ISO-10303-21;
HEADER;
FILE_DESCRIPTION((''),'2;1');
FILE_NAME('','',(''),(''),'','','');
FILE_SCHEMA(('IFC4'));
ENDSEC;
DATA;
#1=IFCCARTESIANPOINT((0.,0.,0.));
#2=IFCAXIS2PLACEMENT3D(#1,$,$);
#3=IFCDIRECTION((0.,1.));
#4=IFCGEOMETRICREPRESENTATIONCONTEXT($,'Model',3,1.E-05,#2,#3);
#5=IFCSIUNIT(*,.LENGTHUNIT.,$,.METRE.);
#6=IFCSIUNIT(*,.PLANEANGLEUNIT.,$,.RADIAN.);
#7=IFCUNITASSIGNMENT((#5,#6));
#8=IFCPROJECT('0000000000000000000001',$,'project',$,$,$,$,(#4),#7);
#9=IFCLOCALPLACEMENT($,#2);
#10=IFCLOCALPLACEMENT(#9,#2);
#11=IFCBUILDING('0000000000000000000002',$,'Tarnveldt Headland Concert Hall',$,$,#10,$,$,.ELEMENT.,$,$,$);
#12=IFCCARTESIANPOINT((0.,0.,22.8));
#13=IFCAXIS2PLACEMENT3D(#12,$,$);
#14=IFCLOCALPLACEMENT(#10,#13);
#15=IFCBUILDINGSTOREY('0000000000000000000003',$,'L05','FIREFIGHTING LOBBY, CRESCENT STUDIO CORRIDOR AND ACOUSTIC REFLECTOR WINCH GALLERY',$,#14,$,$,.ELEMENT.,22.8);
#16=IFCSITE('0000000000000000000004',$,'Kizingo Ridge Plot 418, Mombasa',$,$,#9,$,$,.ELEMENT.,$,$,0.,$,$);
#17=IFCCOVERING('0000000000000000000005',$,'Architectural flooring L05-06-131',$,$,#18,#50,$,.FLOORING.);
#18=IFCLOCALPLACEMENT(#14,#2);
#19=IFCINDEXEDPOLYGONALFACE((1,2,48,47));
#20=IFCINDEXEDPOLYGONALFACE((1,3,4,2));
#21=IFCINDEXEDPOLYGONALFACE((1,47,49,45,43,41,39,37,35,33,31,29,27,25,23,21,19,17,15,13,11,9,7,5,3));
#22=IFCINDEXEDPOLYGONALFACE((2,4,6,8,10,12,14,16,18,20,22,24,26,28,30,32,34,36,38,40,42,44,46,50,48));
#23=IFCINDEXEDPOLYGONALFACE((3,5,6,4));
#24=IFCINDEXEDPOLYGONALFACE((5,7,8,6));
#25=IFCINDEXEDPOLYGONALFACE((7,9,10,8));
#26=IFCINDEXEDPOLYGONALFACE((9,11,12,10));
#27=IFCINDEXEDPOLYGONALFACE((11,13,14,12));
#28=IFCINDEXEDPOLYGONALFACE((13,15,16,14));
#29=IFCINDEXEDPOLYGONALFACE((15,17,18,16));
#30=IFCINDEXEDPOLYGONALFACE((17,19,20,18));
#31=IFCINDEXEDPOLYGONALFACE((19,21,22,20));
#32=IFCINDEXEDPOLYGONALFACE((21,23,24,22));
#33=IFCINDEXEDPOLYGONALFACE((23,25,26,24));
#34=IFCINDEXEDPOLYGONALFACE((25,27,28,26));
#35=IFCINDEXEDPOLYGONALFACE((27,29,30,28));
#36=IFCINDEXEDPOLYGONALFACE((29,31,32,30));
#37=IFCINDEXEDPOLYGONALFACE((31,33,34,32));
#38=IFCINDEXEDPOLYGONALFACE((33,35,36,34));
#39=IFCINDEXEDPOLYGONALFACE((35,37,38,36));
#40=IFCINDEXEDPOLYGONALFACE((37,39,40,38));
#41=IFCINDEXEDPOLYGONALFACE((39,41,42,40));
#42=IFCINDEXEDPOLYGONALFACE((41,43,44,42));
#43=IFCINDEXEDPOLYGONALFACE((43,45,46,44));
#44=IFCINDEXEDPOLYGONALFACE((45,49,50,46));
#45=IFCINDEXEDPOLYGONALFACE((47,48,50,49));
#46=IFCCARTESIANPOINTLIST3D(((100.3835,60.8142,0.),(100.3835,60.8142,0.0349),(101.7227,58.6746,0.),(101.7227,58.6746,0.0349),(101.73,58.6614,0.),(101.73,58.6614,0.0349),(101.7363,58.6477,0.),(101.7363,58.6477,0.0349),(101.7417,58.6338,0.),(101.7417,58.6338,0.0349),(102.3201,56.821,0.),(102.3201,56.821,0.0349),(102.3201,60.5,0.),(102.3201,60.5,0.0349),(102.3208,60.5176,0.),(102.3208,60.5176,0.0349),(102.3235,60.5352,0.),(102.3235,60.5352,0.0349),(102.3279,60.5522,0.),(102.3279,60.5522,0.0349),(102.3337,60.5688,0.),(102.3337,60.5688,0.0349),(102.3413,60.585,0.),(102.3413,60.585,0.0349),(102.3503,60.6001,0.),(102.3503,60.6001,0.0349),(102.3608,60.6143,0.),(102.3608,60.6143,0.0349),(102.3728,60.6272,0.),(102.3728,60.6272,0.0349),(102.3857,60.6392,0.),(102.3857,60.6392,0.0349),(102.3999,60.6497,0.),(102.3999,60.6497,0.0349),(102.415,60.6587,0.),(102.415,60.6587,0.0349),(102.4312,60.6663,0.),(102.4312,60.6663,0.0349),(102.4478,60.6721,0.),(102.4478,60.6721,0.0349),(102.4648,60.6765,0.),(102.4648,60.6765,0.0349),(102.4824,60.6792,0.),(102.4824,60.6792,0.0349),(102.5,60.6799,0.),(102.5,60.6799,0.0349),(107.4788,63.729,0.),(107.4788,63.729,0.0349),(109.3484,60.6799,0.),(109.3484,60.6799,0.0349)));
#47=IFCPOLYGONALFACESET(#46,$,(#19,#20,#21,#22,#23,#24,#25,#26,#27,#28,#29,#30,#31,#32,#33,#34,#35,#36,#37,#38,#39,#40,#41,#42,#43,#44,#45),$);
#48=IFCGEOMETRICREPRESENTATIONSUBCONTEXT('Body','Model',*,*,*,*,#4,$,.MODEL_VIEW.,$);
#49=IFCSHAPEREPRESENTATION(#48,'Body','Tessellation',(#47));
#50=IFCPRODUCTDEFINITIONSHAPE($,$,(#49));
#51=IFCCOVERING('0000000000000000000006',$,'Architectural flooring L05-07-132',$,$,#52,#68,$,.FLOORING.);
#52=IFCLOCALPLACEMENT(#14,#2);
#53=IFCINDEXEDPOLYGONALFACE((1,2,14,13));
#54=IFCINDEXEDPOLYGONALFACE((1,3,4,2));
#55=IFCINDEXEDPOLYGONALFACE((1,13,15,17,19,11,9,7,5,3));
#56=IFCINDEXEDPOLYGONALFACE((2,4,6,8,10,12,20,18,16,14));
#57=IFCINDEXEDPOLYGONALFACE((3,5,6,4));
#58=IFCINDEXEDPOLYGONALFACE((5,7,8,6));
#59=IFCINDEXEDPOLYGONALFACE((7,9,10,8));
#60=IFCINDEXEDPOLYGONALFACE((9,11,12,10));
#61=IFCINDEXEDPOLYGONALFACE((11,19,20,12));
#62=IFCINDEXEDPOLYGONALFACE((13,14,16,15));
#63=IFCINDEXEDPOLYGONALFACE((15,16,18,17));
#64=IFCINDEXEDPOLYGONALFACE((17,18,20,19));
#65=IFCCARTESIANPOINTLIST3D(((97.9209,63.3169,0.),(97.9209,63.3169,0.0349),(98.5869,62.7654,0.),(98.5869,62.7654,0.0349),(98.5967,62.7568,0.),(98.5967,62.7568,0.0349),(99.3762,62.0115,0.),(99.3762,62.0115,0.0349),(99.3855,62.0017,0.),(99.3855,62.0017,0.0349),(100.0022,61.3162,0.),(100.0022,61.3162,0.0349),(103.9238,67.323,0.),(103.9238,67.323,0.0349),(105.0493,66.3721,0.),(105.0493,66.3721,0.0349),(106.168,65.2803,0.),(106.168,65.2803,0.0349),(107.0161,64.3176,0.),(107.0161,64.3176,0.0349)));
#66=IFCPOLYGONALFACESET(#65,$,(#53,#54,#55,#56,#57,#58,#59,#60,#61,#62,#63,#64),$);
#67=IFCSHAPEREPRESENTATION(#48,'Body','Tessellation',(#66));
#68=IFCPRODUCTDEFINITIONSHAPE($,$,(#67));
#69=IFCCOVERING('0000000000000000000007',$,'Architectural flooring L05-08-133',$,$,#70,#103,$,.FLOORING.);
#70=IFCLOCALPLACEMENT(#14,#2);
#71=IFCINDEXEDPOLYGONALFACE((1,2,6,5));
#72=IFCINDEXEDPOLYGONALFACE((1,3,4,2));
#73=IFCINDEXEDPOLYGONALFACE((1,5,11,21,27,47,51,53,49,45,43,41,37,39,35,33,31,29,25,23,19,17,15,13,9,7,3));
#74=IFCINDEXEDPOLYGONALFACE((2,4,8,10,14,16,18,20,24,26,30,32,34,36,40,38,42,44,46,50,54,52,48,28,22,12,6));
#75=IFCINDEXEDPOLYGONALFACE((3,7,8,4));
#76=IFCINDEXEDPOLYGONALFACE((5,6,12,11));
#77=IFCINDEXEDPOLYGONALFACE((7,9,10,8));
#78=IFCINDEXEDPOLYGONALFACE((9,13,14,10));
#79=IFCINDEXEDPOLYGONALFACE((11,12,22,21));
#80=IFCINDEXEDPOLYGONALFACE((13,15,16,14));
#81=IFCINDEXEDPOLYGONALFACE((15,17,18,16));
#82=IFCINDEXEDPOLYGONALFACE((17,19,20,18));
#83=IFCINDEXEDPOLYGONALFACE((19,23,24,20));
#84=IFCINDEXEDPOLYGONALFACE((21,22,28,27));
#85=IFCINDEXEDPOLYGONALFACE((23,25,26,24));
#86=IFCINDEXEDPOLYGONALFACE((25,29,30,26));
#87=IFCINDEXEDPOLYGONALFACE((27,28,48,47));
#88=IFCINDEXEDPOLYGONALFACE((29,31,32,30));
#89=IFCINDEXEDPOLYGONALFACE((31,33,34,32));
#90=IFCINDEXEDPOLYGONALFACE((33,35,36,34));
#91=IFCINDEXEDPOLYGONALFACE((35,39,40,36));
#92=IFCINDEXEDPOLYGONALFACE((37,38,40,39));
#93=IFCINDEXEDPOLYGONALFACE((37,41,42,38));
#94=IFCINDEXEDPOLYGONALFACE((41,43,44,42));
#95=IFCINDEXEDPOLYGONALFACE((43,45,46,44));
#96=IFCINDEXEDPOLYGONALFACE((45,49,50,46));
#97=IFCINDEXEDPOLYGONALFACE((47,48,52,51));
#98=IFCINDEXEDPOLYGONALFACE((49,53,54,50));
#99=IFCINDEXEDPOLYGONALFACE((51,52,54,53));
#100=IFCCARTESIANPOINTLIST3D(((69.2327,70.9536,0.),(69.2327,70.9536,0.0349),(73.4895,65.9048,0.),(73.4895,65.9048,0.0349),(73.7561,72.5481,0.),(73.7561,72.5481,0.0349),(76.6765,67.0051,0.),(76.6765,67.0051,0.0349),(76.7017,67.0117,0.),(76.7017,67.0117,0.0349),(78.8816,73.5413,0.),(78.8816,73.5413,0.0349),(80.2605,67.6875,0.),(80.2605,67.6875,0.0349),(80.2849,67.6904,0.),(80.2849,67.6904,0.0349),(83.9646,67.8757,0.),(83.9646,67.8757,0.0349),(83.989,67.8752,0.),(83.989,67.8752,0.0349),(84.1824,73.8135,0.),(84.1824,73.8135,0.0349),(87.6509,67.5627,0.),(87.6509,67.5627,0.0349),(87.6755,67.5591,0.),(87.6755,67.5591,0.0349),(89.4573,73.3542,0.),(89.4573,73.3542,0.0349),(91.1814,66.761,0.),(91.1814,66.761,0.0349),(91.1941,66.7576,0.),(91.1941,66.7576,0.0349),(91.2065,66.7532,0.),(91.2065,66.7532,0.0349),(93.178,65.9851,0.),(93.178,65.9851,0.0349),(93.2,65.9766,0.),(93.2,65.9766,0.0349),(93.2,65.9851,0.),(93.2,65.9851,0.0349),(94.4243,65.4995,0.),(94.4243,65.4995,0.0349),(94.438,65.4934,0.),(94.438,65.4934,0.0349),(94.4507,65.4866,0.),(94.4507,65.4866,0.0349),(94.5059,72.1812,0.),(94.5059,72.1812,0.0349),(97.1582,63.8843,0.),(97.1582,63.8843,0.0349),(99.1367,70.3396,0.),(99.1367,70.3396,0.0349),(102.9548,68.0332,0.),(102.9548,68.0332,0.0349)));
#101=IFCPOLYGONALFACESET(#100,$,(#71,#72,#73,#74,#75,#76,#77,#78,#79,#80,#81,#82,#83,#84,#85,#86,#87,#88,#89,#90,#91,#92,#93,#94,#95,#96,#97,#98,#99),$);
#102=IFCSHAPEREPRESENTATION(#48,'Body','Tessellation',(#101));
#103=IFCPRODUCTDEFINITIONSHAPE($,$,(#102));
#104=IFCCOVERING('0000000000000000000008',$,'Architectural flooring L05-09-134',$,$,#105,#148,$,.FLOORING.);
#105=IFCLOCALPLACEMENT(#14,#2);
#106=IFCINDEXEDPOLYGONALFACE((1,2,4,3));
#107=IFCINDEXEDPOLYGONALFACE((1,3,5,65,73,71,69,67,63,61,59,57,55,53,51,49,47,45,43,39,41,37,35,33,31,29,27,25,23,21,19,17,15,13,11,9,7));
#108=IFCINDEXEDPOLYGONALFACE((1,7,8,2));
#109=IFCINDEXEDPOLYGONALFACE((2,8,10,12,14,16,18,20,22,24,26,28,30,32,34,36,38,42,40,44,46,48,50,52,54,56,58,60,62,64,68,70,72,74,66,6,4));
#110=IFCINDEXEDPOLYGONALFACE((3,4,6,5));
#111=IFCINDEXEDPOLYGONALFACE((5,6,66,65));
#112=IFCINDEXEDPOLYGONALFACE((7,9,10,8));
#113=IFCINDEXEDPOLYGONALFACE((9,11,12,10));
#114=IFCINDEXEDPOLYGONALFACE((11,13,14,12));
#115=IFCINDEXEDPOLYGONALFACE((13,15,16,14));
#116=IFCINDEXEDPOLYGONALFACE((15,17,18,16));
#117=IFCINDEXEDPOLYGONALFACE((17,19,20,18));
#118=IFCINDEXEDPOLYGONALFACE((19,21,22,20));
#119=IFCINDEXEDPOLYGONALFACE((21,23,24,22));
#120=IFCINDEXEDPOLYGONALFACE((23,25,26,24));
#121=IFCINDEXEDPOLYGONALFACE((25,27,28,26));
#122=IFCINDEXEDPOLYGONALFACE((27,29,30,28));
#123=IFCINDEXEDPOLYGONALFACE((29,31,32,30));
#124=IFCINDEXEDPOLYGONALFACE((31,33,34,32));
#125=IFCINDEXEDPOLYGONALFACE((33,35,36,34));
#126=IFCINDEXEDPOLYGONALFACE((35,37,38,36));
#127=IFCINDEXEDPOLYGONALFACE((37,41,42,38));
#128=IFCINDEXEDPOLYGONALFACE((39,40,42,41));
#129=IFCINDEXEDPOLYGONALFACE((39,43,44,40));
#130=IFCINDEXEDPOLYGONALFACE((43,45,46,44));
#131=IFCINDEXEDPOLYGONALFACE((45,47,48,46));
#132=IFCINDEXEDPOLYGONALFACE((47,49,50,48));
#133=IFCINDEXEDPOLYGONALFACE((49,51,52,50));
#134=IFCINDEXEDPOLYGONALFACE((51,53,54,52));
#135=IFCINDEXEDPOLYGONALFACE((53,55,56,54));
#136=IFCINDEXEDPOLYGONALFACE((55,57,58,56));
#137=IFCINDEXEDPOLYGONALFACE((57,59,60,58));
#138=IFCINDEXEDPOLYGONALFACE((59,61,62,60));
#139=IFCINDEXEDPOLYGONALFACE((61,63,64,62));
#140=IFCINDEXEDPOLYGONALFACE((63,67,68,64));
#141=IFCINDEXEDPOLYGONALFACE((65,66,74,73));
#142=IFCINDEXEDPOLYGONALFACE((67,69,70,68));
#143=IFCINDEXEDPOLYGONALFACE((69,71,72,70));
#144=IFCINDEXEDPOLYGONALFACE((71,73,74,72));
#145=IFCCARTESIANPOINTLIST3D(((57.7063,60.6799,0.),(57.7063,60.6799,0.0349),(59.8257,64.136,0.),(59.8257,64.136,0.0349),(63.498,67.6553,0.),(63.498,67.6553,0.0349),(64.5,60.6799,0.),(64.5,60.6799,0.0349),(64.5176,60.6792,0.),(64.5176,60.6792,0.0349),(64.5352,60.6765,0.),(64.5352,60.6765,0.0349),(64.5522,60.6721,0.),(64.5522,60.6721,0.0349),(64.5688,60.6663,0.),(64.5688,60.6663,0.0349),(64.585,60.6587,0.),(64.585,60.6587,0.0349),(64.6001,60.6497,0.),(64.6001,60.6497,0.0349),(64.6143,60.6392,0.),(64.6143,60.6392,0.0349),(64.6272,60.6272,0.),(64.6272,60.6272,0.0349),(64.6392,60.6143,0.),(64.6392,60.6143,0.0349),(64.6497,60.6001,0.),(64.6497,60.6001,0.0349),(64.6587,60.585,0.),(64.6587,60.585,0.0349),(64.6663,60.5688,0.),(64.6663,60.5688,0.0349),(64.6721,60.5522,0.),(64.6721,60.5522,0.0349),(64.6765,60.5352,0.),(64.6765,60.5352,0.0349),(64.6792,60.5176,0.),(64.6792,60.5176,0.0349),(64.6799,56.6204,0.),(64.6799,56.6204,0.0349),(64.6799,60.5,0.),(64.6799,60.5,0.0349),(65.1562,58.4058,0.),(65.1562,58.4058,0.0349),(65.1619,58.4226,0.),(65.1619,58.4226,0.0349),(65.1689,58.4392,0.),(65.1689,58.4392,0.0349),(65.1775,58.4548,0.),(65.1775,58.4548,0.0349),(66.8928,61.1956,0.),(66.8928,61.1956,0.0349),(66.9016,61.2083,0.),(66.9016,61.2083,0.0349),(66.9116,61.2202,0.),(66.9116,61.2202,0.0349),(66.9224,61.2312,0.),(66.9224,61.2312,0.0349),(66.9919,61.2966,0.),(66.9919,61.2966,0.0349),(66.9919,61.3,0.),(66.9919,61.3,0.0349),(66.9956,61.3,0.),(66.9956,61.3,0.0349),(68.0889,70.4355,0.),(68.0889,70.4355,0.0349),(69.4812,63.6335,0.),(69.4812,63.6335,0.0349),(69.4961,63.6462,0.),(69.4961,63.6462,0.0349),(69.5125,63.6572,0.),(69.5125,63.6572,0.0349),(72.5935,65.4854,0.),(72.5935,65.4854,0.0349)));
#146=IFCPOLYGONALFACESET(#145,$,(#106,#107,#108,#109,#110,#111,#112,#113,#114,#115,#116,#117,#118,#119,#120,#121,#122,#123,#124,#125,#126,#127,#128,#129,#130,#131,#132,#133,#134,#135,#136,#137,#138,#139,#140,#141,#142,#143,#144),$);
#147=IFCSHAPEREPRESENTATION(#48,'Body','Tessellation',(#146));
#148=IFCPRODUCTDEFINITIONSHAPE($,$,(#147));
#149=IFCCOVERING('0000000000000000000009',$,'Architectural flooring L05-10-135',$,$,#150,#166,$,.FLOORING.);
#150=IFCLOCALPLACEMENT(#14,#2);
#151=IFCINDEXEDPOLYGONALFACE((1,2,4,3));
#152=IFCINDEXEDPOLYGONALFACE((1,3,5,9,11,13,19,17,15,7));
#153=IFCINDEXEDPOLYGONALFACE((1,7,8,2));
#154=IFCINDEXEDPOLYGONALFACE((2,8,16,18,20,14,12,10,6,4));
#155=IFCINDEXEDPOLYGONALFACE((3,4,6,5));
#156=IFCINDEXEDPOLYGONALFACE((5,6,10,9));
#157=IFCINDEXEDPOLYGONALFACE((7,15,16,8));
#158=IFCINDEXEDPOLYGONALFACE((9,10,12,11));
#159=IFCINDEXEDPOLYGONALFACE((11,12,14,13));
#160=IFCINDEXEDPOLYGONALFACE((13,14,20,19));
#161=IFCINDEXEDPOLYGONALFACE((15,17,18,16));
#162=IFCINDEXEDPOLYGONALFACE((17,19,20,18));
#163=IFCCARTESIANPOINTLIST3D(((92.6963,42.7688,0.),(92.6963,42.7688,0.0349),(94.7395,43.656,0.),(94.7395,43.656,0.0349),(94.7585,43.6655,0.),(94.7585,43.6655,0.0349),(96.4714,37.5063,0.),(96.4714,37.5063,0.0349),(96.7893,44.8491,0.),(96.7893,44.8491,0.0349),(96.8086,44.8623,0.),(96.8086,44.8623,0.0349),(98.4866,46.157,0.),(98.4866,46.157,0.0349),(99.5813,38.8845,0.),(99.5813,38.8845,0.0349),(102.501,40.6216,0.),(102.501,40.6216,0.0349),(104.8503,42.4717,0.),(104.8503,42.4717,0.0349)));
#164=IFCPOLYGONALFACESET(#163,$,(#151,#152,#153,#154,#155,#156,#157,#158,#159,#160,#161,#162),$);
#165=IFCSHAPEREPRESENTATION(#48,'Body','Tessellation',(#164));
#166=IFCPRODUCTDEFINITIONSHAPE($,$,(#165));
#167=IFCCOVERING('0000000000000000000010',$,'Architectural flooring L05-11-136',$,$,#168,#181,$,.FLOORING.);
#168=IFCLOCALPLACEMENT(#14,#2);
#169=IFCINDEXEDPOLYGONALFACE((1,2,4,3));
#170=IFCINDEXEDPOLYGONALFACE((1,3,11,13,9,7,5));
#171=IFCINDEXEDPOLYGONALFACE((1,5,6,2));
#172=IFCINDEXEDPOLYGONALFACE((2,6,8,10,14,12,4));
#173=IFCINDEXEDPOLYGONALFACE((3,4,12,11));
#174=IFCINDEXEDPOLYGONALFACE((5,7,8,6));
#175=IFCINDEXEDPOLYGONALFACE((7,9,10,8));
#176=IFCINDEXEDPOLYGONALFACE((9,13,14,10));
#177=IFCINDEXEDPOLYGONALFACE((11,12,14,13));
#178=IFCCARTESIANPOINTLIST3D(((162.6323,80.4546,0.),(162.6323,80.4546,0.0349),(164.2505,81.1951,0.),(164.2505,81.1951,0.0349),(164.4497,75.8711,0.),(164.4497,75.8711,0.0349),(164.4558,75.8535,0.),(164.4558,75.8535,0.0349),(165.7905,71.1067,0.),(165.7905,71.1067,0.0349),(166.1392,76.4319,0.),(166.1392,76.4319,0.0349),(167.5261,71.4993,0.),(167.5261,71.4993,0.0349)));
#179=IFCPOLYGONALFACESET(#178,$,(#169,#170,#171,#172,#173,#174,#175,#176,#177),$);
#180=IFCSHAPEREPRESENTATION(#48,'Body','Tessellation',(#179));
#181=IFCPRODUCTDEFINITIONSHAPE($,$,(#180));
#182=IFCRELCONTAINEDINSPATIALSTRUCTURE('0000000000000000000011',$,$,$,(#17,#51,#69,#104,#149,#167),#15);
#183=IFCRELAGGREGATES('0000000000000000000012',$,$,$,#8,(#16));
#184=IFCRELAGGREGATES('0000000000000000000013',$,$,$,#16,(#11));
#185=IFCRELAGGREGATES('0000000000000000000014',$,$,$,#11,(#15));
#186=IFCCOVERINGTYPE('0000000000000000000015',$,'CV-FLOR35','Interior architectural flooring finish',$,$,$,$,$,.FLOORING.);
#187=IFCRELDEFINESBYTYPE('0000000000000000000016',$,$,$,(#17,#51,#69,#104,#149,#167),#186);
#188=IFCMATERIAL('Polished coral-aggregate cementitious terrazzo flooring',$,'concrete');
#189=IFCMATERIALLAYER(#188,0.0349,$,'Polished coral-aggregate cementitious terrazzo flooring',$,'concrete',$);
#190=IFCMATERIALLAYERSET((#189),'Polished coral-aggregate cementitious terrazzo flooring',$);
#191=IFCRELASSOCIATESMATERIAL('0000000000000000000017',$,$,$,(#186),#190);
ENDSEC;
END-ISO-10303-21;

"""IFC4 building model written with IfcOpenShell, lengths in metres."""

from ifc_helpers import new_model, si_unit, direction, frame, origin, place, context, subcontext, project, spatial, polyline, outline, extrude, material, layer, layer_set, type_object, element, save


model = new_model("IFC4")

# Units and contexts
model_context = context("Model", 3, precision=1e-05, world=origin(), true_north=direction((0.0, 1.0)))
body_context = subcontext(model_context, "Body", "Model", "MODEL_VIEW")
ifc_project = project(units=[si_unit("LENGTHUNIT", "METRE"), si_unit("PLANEANGLEUNIT", "RADIAN")], contexts=[model_context])

# Site, building, storey
site_placement = place(None, origin())
site = spatial("IfcSite", under=ifc_project, at=site_placement, Name="Kizingo Ridge Plot 418, Mombasa", CompositionType="ELEMENT", RefElevation=0.0)
building_placement = place(site_placement, origin())
building = spatial("IfcBuilding", under=site, at=building_placement, Name="Tarnveldt Headland Concert Hall", CompositionType="ELEMENT")
storey_placement = place(building_placement, frame((0.0, 0.0, 22.8)))
storey = spatial("IfcBuildingStorey", under=building, at=storey_placement, Name="L05", Description="FIREFIGHTING LOBBY, CRESCENT STUDIO CORRIDOR AND ACOUSTIC REFLECTOR WINCH GALLERY", CompositionType="ELEMENT", Elevation=22.8)

# Coverings
ifc_material_1 = material(Name="Polished coral-aggregate cementitious terrazzo flooring", Category="concrete")
ifc_layer_1 = layer(ifc_material_1, 0.0349, Name="Polished coral-aggregate cementitious terrazzo flooring", Category="concrete")
ifc_layer_set_1 = layer_set([ifc_layer_1], Name="Polished coral-aggregate cementitious terrazzo flooring")
covering_type_1 = type_object("IfcCoveringType", Name="CV-FLOR35", Description="Interior architectural flooring finish", PredefinedType="FLOORING", material=ifc_layer_set_1)
covering_1_placement = place(storey_placement, origin())
element("IfcCovering", 1, at=covering_1_placement, inside=storey, type_object=covering_type_1, Name="Architectural flooring L05-06-131", PredefinedType="FLOORING", context=body_context, shape_type="SweptSolid", body=[
    extrude(outline(polyline([(101.7363, 58.6477), (101.73, 58.6614), (101.7227, 58.6746), (100.3835, 60.8142), (107.4788, 63.729), (109.3484, 60.6799), (102.5, 60.6799), (102.4824, 60.6792), (102.4648, 60.6765), (102.4478, 60.6721), (102.4312, 60.6663), (102.415, 60.6587), (102.3999, 60.6497), (102.3857, 60.6392), (102.3728, 60.6272), (102.3608, 60.6143), (102.3503, 60.6001), (102.3413, 60.585), (102.3337, 60.5688), (102.3279, 60.5522), (102.3235, 60.5352), (102.3208, 60.5176), (102.3201, 60.5), (102.3201, 56.821), (101.7417, 58.6338), (101.7363, 58.6477)])), origin(), (0.0, 0.0, 1.0), 0.0349),
])
covering_2_placement = place(storey_placement, origin())
element("IfcCovering", 2, at=covering_2_placement, inside=storey, type_object=covering_type_1, Name="Architectural flooring L05-07-132", PredefinedType="FLOORING", context=body_context, shape_type="SweptSolid", body=[
    extrude(outline(polyline([(100.0022, 61.3162), (99.3855, 62.0017), (99.3762, 62.0115), (98.5967, 62.7568), (98.5869, 62.7654), (97.9209, 63.3169), (103.9238, 67.323), (105.0493, 66.3721), (106.168, 65.2803), (107.0161, 64.3176), (100.0022, 61.3162)])), origin(), (0.0, 0.0, 1.0), 0.0349),
])
covering_3_placement = place(storey_placement, origin())
element("IfcCovering", 3, at=covering_3_placement, inside=storey, type_object=covering_type_1, Name="Architectural flooring L05-08-133", PredefinedType="FLOORING", context=body_context, shape_type="SweptSolid", body=[
    extrude(outline(polyline([(94.4507, 65.4866), (94.438, 65.4934), (94.4243, 65.4995), (93.2, 65.9766), (93.2, 65.9851), (93.178, 65.9851), (91.2065, 66.7532), (91.1941, 66.7576), (91.1814, 66.761), (87.6755, 67.5591), (87.6509, 67.5627), (83.989, 67.8752), (83.9646, 67.8757), (80.2849, 67.6904), (80.2605, 67.6875), (76.7017, 67.0117), (76.6765, 67.0051), (73.4895, 65.9048), (69.2327, 70.9536), (73.7561, 72.5481), (78.8816, 73.5413), (84.1824, 73.8135), (89.4573, 73.3542), (94.5059, 72.1812), (99.1367, 70.3396), (102.9548, 68.0332), (97.1582, 63.8843), (94.4507, 65.4866)])), origin(), (0.0, 0.0, 1.0), 0.0349),
])
covering_4_placement = place(storey_placement, origin())
element("IfcCovering", 4, at=covering_4_placement, inside=storey, type_object=covering_type_1, Name="Architectural flooring L05-09-134", PredefinedType="FLOORING", context=body_context, shape_type="SweptSolid", body=[
    extrude(outline(polyline([(68.0889, 70.4355), (72.5935, 65.4854), (69.5125, 63.6572), (69.4961, 63.6462), (69.4812, 63.6335), (66.9956, 61.3), (66.9919, 61.3), (66.9919, 61.2966), (66.9224, 61.2312), (66.9116, 61.2202), (66.9016, 61.2083), (66.8928, 61.1956), (65.1775, 58.4548), (65.1689, 58.4392), (65.1619, 58.4226), (65.1562, 58.4058), (64.6799, 56.6204), (64.6799, 60.5), (64.6792, 60.5176), (64.6765, 60.5352), (64.6721, 60.5522), (64.6663, 60.5688), (64.6587, 60.585), (64.6497, 60.6001), (64.6392, 60.6143), (64.6272, 60.6272), (64.6143, 60.6392), (64.6001, 60.6497), (64.585, 60.6587), (64.5688, 60.6663), (64.5522, 60.6721), (64.5352, 60.6765), (64.5176, 60.6792), (64.5, 60.6799), (57.7063, 60.6799), (59.8257, 64.136), (63.498, 67.6553), (68.0889, 70.4355)])), origin(), (0.0, 0.0, 1.0), 0.0349),
])
covering_5_placement = place(storey_placement, origin())
element("IfcCovering", 5, at=covering_5_placement, inside=storey, type_object=covering_type_1, Name="Architectural flooring L05-10-135", PredefinedType="FLOORING", context=body_context, shape_type="SweptSolid", body=[
    extrude(outline(polyline([(92.6963, 42.7688), (94.7395, 43.656), (94.7585, 43.6655), (96.7893, 44.8491), (96.8086, 44.8623), (98.4866, 46.157), (104.8503, 42.4717), (102.501, 40.6216), (99.5813, 38.8845), (96.4714, 37.5063), (92.6963, 42.7688)])), origin(), (0.0, 0.0, 1.0), 0.0349),
])
covering_6_placement = place(storey_placement, origin())
element("IfcCovering", 6, at=covering_6_placement, inside=storey, type_object=covering_type_1, Name="Architectural flooring L05-11-136", PredefinedType="FLOORING", context=body_context, shape_type="SweptSolid", body=[
    extrude(outline(polyline([(165.7905, 71.1067), (164.4558, 75.8535), (164.4497, 75.8711), (162.6323, 80.4546), (164.2505, 81.1951), (166.1392, 76.4319), (167.5261, 71.4993), (165.7905, 71.1067)])), origin(), (0.0, 0.0, 1.0), 0.0349),
])

save(model, "model.ifc")
